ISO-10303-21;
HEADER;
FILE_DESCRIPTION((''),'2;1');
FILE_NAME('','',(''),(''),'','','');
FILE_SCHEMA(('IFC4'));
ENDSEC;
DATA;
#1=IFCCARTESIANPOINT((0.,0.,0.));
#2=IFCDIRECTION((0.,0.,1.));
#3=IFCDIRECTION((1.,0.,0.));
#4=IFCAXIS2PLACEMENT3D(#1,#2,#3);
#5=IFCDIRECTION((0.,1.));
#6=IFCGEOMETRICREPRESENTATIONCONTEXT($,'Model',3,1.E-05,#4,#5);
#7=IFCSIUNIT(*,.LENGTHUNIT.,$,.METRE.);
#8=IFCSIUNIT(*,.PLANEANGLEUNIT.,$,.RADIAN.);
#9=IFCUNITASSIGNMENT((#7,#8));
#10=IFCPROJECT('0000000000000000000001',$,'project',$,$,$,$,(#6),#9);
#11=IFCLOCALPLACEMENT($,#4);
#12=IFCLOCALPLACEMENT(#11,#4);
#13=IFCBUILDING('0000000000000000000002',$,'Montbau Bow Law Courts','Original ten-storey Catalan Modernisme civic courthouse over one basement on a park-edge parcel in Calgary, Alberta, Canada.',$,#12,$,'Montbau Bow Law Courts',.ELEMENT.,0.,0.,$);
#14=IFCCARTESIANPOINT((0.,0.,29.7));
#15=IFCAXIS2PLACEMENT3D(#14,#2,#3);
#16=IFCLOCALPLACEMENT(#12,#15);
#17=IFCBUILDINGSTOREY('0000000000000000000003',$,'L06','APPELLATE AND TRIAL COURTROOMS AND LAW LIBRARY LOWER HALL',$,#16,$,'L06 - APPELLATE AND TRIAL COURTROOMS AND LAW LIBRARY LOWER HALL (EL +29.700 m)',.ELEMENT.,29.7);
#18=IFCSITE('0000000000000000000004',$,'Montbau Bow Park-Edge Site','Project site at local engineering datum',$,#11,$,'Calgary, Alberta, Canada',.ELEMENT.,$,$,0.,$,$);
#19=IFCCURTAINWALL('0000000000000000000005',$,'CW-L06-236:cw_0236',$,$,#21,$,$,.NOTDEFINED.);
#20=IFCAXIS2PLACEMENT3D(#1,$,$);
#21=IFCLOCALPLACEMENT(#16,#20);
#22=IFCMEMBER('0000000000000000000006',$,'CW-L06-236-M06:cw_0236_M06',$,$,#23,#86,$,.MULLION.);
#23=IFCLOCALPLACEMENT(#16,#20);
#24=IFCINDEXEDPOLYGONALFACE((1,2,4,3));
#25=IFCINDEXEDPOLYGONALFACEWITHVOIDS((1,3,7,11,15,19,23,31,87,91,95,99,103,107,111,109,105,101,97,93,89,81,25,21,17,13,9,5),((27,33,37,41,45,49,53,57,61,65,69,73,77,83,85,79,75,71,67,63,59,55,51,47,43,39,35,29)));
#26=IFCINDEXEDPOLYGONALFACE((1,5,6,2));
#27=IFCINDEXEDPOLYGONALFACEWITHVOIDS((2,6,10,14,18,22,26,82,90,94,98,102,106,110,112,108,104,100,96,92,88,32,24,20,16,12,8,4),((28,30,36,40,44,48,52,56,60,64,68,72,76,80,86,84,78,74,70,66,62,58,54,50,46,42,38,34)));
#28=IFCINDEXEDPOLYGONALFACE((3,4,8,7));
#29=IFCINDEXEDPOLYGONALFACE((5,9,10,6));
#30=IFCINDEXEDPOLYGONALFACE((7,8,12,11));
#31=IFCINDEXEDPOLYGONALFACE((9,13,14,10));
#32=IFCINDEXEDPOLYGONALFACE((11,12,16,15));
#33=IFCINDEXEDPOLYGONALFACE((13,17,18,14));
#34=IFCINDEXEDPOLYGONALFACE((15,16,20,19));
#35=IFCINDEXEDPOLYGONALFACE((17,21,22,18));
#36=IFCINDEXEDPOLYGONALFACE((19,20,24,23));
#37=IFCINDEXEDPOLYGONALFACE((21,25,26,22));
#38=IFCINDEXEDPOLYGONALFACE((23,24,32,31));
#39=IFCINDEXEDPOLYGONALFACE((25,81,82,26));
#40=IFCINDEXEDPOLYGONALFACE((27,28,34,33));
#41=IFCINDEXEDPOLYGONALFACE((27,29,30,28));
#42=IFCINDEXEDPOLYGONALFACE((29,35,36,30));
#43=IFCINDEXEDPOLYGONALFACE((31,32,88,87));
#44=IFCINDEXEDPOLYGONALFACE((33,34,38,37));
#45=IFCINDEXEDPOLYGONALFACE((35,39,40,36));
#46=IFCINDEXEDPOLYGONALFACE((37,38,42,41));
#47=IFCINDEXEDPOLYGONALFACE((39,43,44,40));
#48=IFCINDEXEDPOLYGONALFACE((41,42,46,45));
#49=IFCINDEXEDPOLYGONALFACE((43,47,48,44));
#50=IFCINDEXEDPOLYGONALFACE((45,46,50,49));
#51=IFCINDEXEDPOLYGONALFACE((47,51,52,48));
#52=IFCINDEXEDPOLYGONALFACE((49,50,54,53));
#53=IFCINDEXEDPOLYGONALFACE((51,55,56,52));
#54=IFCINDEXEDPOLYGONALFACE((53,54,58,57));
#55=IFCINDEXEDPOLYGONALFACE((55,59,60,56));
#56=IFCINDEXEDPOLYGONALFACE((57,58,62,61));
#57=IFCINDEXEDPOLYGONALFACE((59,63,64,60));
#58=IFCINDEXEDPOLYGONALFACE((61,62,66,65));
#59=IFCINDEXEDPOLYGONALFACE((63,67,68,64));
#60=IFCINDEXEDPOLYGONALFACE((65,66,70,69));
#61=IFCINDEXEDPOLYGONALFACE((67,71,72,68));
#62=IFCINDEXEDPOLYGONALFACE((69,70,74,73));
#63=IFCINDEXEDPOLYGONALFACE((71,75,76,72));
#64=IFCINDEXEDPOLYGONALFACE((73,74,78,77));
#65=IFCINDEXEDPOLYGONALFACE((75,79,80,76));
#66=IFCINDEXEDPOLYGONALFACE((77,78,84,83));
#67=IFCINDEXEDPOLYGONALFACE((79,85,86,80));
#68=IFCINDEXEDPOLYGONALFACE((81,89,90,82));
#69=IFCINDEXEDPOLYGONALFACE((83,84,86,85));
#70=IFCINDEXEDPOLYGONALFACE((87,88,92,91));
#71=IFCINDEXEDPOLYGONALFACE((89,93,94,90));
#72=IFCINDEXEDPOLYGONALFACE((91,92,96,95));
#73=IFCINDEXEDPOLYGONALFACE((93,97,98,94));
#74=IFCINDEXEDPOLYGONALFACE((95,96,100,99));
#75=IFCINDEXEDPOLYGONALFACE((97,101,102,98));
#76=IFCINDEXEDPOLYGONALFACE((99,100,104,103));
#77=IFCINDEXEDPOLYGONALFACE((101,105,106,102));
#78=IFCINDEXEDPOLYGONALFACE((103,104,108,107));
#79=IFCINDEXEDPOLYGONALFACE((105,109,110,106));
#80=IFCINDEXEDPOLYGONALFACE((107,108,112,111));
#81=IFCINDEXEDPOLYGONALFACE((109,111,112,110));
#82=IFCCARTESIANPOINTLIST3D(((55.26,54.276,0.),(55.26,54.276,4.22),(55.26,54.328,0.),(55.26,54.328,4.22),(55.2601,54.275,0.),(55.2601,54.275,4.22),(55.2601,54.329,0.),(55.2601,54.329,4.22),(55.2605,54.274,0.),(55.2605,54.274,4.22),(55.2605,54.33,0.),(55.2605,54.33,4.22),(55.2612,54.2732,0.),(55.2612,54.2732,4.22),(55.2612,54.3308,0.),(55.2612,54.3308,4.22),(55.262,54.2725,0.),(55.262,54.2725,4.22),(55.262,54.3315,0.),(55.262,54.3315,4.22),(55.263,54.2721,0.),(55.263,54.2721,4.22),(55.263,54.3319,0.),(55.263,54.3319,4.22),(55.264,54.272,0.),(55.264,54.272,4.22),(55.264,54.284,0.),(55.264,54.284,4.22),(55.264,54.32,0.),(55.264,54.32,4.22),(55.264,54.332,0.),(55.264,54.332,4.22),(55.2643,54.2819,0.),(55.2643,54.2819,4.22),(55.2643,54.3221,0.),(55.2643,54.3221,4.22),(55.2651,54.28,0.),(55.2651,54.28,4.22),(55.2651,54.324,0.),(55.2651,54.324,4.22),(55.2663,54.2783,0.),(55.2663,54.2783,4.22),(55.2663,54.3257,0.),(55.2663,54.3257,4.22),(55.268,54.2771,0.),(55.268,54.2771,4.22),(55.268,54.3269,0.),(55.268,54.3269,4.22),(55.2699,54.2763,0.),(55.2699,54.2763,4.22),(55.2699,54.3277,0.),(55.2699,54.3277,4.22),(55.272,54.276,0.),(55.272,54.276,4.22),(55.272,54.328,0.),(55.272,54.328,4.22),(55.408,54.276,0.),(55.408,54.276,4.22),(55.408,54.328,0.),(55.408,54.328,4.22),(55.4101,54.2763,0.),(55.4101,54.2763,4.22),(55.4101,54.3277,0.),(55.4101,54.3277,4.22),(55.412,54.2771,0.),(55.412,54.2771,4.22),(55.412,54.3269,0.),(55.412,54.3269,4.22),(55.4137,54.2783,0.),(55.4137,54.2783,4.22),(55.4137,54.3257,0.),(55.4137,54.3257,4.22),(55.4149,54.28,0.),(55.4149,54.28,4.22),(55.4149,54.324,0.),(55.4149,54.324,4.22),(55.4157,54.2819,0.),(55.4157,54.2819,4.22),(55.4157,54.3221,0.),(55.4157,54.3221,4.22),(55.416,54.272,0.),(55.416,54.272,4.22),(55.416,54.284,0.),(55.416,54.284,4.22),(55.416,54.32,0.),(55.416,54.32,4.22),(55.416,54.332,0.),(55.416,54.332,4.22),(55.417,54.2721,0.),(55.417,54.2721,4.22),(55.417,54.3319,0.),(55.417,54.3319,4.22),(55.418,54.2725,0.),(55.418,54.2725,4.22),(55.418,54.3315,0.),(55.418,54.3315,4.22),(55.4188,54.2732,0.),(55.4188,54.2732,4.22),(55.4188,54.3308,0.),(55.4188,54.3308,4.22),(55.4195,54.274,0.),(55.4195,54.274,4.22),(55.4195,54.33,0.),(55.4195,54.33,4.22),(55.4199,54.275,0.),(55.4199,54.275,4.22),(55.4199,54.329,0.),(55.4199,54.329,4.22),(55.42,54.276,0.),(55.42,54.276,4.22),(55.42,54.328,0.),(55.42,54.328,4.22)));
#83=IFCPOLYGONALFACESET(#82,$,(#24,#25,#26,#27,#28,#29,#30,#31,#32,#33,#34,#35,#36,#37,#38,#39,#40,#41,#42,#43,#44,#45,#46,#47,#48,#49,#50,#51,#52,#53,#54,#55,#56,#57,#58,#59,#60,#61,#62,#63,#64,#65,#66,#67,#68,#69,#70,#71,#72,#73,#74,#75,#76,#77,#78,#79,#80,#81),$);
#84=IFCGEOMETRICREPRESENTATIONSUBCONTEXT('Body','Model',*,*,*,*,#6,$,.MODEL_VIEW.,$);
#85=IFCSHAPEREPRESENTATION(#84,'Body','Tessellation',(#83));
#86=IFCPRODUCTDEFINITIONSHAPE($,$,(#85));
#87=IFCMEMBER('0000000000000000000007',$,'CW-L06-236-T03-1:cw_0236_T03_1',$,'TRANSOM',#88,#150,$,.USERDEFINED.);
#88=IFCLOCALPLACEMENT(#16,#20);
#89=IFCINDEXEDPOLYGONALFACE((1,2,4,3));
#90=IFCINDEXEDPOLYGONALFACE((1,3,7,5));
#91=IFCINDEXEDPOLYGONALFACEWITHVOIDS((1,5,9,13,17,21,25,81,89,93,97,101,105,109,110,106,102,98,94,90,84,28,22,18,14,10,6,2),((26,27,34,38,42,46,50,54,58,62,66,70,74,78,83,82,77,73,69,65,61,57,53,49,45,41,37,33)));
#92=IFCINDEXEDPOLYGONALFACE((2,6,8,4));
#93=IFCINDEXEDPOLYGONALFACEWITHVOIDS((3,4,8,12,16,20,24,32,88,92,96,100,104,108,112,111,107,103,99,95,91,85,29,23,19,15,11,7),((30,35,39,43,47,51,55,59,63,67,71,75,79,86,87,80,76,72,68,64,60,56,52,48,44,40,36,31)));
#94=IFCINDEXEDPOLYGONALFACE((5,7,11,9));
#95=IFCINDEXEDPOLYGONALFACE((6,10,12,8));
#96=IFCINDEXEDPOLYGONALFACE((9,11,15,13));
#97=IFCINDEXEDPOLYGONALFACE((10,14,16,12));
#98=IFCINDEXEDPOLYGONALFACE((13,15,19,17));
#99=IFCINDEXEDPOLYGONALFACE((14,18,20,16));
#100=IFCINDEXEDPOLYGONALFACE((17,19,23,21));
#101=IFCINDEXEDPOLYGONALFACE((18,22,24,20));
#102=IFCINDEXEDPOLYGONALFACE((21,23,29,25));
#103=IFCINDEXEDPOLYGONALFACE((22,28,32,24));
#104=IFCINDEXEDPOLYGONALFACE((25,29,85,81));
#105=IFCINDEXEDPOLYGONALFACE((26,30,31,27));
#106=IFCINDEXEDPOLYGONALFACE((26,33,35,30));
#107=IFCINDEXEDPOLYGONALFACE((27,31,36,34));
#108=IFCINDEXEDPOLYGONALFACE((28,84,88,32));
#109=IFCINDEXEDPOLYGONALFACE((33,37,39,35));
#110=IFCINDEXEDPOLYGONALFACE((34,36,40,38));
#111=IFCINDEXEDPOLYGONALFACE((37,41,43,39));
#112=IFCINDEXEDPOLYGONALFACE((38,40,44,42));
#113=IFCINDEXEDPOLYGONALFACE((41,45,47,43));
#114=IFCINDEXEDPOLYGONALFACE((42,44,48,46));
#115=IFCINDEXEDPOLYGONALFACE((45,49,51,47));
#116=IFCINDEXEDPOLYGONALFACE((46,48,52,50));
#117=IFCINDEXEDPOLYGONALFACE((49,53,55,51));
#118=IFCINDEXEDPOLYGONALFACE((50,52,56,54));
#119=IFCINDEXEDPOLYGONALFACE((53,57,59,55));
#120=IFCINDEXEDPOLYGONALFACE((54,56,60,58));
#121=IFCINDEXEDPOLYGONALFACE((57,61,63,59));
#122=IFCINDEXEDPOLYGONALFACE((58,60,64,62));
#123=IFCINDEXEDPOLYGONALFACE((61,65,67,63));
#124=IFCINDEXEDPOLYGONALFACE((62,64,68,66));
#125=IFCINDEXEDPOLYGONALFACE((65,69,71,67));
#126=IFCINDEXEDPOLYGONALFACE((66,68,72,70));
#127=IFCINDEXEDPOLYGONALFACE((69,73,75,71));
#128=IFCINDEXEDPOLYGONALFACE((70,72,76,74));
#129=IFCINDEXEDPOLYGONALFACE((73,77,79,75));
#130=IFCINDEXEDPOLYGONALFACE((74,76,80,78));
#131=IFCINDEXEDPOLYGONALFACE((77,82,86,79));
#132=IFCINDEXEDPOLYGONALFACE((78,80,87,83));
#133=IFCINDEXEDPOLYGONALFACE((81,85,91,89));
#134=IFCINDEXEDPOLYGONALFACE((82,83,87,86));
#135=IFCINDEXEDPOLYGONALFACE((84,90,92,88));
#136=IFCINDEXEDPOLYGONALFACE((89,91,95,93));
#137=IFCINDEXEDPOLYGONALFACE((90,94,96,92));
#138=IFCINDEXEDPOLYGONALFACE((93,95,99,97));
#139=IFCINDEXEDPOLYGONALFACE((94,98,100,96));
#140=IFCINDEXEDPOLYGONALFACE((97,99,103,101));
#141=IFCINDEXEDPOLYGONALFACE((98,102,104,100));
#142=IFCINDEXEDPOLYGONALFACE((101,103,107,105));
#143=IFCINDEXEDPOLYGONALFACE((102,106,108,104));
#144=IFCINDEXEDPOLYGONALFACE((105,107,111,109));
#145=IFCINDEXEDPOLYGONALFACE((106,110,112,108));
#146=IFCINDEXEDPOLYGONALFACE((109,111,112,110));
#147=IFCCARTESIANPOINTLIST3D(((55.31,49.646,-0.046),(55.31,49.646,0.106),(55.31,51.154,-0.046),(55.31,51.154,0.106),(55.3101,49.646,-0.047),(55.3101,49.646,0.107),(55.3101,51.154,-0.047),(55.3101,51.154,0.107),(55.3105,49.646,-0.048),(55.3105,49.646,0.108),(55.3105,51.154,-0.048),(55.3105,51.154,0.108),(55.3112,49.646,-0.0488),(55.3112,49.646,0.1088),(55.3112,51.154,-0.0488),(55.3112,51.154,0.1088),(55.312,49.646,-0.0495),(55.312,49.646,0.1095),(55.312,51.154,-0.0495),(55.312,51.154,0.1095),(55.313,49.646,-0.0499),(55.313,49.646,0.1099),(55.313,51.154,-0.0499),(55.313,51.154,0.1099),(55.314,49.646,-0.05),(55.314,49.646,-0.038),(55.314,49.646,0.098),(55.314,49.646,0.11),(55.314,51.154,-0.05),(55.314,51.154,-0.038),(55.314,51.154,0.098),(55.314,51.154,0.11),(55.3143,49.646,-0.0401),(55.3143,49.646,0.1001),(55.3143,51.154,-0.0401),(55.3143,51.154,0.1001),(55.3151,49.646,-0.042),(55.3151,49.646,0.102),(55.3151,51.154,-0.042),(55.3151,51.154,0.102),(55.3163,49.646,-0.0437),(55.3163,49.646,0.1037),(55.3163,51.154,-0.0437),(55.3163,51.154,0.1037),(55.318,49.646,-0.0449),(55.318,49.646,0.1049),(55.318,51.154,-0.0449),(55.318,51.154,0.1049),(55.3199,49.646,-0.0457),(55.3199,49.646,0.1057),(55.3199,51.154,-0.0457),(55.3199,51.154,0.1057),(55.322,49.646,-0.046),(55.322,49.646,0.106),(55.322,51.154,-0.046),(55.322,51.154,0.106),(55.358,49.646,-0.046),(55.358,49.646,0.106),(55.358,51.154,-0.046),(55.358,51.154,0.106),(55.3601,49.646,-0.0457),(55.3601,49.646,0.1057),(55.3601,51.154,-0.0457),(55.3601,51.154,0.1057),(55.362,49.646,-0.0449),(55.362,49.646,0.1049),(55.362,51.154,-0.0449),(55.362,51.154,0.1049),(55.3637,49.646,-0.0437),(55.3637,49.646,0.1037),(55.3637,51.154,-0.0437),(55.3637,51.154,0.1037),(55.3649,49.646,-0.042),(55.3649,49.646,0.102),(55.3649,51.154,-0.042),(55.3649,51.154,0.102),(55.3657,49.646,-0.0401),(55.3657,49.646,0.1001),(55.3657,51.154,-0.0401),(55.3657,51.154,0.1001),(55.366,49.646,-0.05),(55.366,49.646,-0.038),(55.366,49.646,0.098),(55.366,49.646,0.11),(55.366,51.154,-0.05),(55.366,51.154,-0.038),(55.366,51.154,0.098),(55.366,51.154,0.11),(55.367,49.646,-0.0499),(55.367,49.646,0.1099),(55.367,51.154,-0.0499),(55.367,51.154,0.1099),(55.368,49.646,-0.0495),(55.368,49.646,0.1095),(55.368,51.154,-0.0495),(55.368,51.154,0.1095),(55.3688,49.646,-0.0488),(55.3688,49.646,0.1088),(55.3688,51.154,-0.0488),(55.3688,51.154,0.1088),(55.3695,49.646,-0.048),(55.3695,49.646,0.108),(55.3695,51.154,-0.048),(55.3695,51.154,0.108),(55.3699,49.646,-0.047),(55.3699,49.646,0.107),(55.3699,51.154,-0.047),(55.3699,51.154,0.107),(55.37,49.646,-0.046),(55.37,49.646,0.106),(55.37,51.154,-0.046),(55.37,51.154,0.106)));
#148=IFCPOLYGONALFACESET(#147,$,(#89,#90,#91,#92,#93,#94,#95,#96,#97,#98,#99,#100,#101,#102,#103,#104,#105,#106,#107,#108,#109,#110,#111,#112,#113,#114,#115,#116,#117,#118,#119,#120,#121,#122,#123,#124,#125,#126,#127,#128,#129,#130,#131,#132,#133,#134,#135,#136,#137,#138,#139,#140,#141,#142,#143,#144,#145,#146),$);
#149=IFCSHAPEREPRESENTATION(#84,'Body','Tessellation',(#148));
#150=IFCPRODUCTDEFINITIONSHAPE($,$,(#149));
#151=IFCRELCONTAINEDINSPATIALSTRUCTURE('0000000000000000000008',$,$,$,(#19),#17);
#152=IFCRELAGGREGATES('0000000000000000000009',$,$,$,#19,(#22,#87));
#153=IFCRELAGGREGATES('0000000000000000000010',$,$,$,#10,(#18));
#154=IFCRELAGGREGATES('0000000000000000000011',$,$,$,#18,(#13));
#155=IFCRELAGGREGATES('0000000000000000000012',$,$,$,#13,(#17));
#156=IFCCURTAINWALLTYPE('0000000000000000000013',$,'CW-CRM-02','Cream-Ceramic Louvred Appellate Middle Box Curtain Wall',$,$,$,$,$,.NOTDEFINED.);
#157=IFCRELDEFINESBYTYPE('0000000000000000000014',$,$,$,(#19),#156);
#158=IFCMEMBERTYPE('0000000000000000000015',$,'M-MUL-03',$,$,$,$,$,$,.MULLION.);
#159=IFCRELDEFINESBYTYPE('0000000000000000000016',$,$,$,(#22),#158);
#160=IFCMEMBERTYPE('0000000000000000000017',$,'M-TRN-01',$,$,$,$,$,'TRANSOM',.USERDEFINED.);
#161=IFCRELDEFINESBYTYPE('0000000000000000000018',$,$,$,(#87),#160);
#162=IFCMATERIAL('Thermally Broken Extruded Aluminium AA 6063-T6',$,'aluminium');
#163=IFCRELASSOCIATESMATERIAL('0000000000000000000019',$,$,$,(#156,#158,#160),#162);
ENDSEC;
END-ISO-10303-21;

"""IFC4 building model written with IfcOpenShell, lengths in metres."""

from ifc_helpers import new_model, si_unit, direction, frame, origin_with_axes, origin_2d_with_axis, place, context, subcontext, project, spatial, hollow_rectangle, extrude, material, material_profile, profile_set, type_object, element, aggregate, save


model = new_model("IFC4")

# Units and contexts
model_context = context("Model", 3, precision=1e-05, world=origin_with_axes(), true_north=direction((0.0, 1.0)))
body_context = subcontext(model_context, "Body", "Model", "MODEL_VIEW")
ifc_project = project(units=[si_unit("LENGTHUNIT", "METRE"), si_unit("PLANEANGLEUNIT", "RADIAN")], contexts=[model_context])

# Site, building, storey
site_placement = place(None, origin_with_axes())
site = spatial("IfcSite", under=ifc_project, at=site_placement, Name="Montbau Bow Park-Edge Site", Description="Project site at local engineering datum", LongName="Calgary, Alberta, Canada", CompositionType="ELEMENT", RefElevation=0.0)
building_placement = place(site_placement, origin_with_axes())
building = spatial("IfcBuilding", under=site, at=building_placement, Name="Montbau Bow Law Courts", Description="Original ten-storey Catalan Modernisme civic courthouse over one basement on a park-edge parcel in Calgary, Alberta, Canada.", LongName="Montbau Bow Law Courts", CompositionType="ELEMENT", ElevationOfRefHeight=0.0, ElevationOfTerrain=0.0)
storey_placement = place(building_placement, frame((0.0, 0.0, 29.7), z_axis=(0.0, 0.0, 1.0), x_axis=(1.0, 0.0, 0.0)))
storey = spatial("IfcBuildingStorey", under=building, at=storey_placement, Name="L06", Description="APPELLATE AND TRIAL COURTROOMS AND LAW LIBRARY LOWER HALL", LongName="L06 - APPELLATE AND TRIAL COURTROOMS AND LAW LIBRARY LOWER HALL (EL +29.700 m)", CompositionType="ELEMENT", Elevation=29.7)

# Shared definitions
ifc_material_1 = material(Name="Thermally Broken Extruded Aluminium AA 6063-T6", Category="aluminium")
curtain_wall_type = type_object("IfcCurtainWallType", Name="CW-CRM-02", Description="Cream-Ceramic Louvred Appellate Middle Box Curtain Wall", PredefinedType="NOTDEFINED", material=ifc_material_1)

# Curtain wall, members
curtain_wall_1_placement = place(None, frame((55.34, 46.468, 29.7), z_axis=(0.0, 0.0, 1.0), x_axis=(1.0, 0.0, 0.0)))
curtain_wall_1 = element("IfcCurtainWall", 1, at=curtain_wall_1_placement, inside=storey, type_object=curtain_wall_type, Name="CW-L06-236:cw_0236", PredefinedType="NOTDEFINED")
ifc_material_profile_1 = material_profile(ifc_material_1, hollow_rectangle(XDim=0.06, YDim=0.16, WallThickness=0.004, InnerFilletRadius=0.008, OuterFilletRadius=0.004, at=origin_2d_with_axis()), Name="CWM-160X60", Category="Main", Priority=0)
ifc_profile_set_1 = profile_set([ifc_material_profile_1], Name="Thermally Broken Extruded Aluminium AA 6063-T6")
member_type_1 = type_object("IfcMemberType", Name="M-MUL-03", PredefinedType="MULLION", material=ifc_profile_set_1)
member_1_placement = place(None, frame((55.34, 54.302, 29.7), z_axis=(0.0, 0.0, 1.0), x_axis=(0.0, 1.0, 0.0)))
member_1 = element("IfcMember", 2, at=member_1_placement, type_object=member_type_1, Name="CW-L06-236-M06:cw_0236_M06", PredefinedType="MULLION", context=body_context, shape_type="SweptSolid", body=[
    extrude(hollow_rectangle(XDim=0.06, YDim=0.16, WallThickness=0.004, InnerFilletRadius=0.008, OuterFilletRadius=0.004, at=origin_2d_with_axis()), origin_with_axes(), (0.0, 0.0, 1.0), 4.22),
])
ifc_material_profile_2 = material_profile(ifc_material_1, hollow_rectangle(XDim=0.06, YDim=0.16, WallThickness=0.004, InnerFilletRadius=0.008, OuterFilletRadius=0.004, at=origin_2d_with_axis()), Name="CWT-160X60", Category="Main", Priority=0)
ifc_profile_set_2 = profile_set([ifc_material_profile_2], Name="Thermally Broken Extruded Aluminium AA 6063-T6")
member_type_2 = type_object("IfcMemberType", Name="M-TRN-01", ElementType="TRANSOM", PredefinedType="USERDEFINED", material=ifc_profile_set_2)
member_2_placement = place(None, frame((55.34, 49.646, 29.73), z_axis=(0.0, 1.0, 0.0), x_axis=(-1.0, 0.0, 0.0)))
member_2 = element("IfcMember", 3, at=member_2_placement, type_object=member_type_2, Name="CW-L06-236-T03-1:cw_0236_T03_1", ObjectType="TRANSOM", PredefinedType="USERDEFINED", context=body_context, shape_type="SweptSolid", body=[
    extrude(hollow_rectangle(XDim=0.06, YDim=0.16, WallThickness=0.004, InnerFilletRadius=0.008, OuterFilletRadius=0.004, at=origin_2d_with_axis()), origin_with_axes(), (0.0, 0.0, 1.0), 1.508),
])

aggregate(curtain_wall_1, [member_1, member_2])

save(model, "model.ifc")
